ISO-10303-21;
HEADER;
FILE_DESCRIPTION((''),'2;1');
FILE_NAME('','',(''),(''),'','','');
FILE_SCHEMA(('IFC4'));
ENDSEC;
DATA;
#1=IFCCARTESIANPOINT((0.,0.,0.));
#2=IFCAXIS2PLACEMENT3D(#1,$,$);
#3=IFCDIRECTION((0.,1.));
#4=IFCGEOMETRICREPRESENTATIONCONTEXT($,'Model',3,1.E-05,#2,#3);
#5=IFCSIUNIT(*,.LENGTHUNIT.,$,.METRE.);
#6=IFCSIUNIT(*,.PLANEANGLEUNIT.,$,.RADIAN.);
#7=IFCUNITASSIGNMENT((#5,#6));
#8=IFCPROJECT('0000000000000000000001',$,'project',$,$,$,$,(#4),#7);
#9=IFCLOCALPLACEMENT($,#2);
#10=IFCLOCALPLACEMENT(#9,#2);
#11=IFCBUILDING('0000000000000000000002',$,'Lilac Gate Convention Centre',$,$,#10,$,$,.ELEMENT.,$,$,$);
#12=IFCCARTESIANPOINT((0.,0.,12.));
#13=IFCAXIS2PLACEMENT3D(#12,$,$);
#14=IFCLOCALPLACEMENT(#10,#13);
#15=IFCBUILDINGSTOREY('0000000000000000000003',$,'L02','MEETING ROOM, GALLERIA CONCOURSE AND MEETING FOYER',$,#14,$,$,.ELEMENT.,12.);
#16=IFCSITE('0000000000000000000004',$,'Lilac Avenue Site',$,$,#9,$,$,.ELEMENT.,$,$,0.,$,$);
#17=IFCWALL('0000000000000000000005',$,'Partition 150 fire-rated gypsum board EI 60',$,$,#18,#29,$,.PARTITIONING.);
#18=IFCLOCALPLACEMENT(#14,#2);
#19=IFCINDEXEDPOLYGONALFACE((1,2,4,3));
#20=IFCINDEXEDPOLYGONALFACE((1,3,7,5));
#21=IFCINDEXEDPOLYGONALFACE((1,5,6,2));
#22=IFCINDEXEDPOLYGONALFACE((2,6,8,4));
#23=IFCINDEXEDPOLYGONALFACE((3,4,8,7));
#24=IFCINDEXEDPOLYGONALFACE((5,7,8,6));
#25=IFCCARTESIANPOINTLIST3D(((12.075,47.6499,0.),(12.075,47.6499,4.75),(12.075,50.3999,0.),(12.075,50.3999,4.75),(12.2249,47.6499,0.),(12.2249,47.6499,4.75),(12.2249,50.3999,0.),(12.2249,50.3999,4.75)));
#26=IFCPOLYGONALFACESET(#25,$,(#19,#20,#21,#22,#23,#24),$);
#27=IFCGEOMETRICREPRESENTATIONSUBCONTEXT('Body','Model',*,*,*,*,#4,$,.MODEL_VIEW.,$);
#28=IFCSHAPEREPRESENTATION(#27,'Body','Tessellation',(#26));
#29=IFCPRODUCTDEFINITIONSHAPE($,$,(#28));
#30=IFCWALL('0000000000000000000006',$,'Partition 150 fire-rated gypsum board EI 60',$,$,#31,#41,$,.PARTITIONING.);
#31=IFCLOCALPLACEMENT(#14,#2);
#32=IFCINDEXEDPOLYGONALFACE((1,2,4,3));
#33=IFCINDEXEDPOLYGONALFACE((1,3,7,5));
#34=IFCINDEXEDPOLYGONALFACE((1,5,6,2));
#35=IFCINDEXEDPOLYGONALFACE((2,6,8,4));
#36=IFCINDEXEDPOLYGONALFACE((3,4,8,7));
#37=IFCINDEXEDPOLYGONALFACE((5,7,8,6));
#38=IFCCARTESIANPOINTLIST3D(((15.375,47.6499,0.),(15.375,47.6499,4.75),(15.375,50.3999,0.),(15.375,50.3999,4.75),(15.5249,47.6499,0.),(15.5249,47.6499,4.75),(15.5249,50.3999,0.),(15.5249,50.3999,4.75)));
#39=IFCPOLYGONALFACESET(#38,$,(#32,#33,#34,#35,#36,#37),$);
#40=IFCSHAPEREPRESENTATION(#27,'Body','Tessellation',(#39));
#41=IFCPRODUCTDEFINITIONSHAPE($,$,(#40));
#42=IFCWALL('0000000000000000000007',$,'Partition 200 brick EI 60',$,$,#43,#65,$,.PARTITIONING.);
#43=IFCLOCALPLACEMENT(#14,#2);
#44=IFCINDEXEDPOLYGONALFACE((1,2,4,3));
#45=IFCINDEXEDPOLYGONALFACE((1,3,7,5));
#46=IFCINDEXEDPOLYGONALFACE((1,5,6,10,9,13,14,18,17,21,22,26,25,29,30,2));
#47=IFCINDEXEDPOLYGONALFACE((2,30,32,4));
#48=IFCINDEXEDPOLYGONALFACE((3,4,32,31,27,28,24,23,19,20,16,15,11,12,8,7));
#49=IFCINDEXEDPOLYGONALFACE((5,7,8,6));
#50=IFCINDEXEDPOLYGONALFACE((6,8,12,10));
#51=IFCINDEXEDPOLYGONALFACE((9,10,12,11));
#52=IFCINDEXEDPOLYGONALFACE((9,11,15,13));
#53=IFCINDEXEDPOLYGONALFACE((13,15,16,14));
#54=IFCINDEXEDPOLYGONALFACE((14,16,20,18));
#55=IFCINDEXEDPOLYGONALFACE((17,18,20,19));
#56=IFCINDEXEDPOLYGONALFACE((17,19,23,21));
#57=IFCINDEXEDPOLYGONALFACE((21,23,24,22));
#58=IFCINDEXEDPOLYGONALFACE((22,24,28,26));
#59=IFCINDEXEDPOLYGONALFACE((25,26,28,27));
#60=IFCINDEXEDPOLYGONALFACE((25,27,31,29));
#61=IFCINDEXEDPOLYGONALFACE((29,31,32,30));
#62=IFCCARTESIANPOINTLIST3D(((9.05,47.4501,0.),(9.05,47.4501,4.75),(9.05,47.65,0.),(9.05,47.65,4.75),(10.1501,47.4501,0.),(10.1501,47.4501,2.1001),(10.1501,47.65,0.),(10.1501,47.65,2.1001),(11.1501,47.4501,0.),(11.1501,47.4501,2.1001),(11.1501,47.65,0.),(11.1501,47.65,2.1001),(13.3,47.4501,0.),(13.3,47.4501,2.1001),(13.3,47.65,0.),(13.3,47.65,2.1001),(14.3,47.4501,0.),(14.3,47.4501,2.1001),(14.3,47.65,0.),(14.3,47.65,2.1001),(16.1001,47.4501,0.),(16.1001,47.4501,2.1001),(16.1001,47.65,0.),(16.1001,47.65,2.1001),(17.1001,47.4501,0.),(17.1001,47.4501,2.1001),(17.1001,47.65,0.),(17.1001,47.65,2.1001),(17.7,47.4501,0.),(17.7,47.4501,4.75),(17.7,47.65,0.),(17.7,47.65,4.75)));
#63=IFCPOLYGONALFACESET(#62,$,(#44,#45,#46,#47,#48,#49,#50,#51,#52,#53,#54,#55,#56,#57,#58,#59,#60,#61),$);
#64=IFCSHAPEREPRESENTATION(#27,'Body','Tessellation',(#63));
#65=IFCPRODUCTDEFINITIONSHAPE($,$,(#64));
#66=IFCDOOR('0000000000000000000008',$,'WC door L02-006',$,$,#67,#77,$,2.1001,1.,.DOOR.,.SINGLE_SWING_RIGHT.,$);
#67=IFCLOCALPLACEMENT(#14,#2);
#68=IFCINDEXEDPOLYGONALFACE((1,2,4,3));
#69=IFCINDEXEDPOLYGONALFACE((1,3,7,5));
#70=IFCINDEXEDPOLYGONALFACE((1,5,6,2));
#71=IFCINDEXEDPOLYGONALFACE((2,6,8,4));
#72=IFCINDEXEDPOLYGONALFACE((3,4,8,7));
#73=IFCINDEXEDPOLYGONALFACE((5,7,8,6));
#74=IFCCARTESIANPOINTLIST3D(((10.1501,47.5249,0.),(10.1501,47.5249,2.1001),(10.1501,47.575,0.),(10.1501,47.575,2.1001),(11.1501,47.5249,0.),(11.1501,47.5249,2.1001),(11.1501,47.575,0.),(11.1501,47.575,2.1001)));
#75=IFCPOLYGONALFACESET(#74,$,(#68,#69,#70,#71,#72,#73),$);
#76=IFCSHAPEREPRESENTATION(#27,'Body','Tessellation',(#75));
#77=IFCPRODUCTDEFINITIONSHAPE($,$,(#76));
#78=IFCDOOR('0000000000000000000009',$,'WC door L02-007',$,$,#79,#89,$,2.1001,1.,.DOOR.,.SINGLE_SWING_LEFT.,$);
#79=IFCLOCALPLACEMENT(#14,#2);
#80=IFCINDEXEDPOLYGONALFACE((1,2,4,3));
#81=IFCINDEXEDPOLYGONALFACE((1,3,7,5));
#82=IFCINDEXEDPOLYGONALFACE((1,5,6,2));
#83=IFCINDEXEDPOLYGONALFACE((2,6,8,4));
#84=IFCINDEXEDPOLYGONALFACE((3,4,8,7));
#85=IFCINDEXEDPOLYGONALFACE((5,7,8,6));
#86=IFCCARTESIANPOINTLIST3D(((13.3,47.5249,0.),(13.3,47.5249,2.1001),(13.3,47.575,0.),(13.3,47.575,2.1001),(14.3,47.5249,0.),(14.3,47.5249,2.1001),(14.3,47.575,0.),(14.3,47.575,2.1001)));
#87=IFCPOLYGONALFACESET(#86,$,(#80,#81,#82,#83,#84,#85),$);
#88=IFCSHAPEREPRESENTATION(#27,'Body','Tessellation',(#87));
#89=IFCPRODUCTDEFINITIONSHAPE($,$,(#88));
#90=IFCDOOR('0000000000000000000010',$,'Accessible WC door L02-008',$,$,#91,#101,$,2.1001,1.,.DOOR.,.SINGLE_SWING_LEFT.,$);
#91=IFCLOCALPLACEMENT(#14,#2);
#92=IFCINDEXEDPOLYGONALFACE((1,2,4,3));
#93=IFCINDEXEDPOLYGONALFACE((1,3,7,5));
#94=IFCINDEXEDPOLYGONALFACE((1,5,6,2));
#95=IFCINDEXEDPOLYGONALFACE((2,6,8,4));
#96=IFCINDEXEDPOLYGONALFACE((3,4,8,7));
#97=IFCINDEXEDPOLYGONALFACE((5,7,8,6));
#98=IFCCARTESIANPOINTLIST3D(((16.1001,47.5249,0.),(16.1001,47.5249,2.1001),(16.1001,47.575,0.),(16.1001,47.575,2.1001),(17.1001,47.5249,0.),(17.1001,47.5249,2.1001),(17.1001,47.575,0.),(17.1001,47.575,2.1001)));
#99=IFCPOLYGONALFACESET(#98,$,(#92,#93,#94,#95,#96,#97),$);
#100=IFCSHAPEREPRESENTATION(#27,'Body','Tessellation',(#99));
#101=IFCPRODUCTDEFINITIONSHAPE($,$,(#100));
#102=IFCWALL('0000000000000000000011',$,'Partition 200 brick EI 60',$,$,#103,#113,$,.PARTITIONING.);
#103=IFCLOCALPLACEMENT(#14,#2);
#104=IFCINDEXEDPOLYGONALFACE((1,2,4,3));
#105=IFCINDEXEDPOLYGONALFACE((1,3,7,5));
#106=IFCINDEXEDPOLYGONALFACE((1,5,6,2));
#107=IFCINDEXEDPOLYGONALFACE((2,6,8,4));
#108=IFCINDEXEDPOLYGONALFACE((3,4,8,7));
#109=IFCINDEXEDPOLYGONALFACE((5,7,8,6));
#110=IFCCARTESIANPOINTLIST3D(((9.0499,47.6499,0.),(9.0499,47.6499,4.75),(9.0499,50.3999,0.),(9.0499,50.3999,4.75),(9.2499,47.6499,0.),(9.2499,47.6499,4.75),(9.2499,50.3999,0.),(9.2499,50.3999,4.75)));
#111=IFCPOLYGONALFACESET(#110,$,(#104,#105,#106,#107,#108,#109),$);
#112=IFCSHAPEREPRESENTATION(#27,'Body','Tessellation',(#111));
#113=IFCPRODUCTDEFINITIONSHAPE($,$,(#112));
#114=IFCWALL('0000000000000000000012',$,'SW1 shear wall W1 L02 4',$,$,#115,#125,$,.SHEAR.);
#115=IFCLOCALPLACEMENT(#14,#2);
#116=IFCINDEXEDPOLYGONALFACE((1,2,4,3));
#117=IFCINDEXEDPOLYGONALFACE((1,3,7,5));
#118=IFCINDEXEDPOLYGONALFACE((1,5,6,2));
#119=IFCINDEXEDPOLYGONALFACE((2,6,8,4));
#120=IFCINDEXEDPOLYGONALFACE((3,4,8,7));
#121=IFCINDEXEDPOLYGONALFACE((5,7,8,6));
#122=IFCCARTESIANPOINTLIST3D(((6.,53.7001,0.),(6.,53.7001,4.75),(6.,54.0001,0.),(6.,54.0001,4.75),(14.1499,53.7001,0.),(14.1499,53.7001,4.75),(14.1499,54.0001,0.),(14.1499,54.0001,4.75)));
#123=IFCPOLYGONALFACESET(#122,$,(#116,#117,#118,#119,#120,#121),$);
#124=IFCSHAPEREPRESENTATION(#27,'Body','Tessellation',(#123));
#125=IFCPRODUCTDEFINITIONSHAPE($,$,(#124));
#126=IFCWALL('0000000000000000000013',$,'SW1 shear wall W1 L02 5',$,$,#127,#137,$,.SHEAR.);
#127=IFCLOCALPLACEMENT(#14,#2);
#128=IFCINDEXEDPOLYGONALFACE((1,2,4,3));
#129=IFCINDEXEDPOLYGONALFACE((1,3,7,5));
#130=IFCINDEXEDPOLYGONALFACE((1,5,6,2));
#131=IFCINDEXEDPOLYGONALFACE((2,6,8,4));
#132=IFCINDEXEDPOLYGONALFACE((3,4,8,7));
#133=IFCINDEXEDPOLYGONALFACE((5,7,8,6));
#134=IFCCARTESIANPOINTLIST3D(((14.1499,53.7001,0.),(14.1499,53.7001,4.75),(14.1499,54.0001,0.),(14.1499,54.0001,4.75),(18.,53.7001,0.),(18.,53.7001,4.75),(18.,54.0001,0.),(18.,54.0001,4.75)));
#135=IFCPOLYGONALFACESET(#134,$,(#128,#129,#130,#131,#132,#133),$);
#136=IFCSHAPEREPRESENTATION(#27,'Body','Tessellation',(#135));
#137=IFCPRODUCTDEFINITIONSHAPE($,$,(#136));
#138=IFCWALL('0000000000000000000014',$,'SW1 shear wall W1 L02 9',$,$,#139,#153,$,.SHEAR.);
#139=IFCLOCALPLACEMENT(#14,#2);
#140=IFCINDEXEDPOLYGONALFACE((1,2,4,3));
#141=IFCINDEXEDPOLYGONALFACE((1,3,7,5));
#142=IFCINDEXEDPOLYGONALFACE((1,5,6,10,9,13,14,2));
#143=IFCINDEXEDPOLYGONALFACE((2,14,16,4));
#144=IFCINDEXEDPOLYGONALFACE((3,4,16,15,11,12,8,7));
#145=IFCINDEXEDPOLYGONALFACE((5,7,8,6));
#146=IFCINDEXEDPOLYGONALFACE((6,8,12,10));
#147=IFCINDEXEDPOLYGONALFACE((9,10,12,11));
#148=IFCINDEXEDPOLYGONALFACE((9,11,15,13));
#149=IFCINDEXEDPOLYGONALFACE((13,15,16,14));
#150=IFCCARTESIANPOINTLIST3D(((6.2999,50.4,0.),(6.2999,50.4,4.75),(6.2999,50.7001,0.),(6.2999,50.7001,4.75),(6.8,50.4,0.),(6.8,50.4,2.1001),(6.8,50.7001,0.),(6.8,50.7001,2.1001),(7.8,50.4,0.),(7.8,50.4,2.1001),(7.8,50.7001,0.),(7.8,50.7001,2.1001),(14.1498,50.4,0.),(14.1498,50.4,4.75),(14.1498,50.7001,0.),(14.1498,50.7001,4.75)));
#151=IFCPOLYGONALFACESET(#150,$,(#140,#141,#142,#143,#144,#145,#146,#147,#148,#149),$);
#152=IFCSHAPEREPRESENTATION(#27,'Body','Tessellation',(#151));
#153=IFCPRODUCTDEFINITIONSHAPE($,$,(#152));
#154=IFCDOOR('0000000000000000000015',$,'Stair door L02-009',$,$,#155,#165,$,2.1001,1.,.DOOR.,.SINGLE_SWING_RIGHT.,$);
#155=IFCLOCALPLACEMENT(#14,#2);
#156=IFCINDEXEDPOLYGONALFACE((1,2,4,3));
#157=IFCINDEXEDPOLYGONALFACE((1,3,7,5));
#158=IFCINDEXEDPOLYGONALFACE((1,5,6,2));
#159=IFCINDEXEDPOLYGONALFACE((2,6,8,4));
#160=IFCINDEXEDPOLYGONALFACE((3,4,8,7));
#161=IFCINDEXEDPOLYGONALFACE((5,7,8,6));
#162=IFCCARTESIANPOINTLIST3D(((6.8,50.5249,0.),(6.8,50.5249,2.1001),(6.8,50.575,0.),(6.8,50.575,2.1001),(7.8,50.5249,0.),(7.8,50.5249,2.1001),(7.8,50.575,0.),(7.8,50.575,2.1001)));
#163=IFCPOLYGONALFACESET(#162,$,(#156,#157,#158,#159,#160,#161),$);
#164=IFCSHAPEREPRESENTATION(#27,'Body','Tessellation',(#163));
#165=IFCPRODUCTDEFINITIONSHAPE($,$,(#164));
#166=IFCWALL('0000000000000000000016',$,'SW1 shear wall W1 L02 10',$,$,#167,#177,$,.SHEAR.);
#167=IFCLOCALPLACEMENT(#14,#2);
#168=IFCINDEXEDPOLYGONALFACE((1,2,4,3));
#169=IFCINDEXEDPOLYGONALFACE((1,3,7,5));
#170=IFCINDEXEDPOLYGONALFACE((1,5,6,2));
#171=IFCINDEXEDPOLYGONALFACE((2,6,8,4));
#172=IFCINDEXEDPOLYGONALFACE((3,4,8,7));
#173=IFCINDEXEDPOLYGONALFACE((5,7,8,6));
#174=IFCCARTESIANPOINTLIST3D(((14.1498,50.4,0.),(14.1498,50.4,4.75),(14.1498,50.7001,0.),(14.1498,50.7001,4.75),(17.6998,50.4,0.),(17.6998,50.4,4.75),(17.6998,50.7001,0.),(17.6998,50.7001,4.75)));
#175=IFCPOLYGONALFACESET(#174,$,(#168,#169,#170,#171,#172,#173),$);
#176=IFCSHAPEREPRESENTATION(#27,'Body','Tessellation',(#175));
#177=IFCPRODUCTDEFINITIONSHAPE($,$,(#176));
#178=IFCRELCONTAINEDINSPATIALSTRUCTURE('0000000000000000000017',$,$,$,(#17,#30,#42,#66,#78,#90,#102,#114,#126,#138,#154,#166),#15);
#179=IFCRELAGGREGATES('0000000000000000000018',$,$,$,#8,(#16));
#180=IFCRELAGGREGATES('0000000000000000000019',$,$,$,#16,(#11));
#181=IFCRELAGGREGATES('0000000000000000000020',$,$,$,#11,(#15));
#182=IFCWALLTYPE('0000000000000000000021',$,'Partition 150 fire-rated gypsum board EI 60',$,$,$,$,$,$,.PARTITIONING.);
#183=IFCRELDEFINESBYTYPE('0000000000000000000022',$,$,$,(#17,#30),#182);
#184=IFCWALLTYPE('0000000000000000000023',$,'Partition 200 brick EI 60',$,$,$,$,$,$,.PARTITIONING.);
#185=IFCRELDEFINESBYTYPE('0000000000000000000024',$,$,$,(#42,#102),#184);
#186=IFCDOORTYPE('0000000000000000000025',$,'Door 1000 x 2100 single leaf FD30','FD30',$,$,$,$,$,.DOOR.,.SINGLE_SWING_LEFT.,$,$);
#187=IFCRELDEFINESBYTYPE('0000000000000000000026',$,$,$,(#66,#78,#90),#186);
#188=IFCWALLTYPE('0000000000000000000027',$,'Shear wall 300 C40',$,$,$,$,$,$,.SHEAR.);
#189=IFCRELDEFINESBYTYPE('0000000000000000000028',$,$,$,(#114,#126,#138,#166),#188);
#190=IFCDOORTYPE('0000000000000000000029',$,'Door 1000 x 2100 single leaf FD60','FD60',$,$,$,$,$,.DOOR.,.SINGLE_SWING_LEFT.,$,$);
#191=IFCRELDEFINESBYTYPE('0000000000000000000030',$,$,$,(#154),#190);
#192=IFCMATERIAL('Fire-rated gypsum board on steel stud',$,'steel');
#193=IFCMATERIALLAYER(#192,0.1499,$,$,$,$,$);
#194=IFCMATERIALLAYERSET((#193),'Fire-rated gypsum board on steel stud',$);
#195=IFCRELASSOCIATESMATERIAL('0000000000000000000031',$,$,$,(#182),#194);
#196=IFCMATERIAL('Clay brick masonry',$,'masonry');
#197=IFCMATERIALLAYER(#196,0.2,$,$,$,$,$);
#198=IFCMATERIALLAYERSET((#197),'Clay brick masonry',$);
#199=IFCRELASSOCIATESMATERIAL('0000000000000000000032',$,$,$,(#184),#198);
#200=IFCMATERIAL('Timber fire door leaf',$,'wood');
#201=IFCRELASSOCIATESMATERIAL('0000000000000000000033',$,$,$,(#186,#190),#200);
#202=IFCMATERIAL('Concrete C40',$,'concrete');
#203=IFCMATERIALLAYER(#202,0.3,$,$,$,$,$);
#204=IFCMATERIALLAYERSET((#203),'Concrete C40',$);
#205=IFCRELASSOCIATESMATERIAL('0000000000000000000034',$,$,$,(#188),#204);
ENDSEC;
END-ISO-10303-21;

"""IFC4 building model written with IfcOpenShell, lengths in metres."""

from ifc_helpers import new_model, si_unit, direction, frame, frame_2d, origin, place, context, subcontext, project, spatial, rectangle, extrude, material, layer, layer_set, type_object, element, fill, save


model = new_model("IFC4")

# Units and contexts
model_context = context("Model", 3, precision=1e-05, world=origin(), true_north=direction((0.0, 1.0)))
body_context = subcontext(model_context, "Body", "Model", "MODEL_VIEW")
ifc_project = project(units=[si_unit("LENGTHUNIT", "METRE"), si_unit("PLANEANGLEUNIT", "RADIAN")], contexts=[model_context])

# Site, building, storey
site_placement = place(None, origin())
site = spatial("IfcSite", under=ifc_project, at=site_placement, Name="Lilac Avenue Site", CompositionType="ELEMENT", RefElevation=0.0)
building_placement = place(site_placement, origin())
building = spatial("IfcBuilding", under=site, at=building_placement, Name="Lilac Gate Convention Centre", CompositionType="ELEMENT")
storey_placement = place(building_placement, frame((0.0, 0.0, 12.0)))
storey = spatial("IfcBuildingStorey", under=building, at=storey_placement, Name="L02", Description="MEETING ROOM, GALLERIA CONCOURSE AND MEETING FOYER", CompositionType="ELEMENT", Elevation=12.0)

# Walls
ifc_material_1 = material(Name="Fire-rated gypsum board on steel stud", Category="steel")
ifc_layer_1 = layer(ifc_material_1, 0.1499)
ifc_layer_set_1 = layer_set([ifc_layer_1], Name="Fire-rated gypsum board on steel stud")
wall_type_1 = type_object("IfcWallType", Name="Partition 150 fire-rated gypsum board EI 60", PredefinedType="PARTITIONING", material=ifc_layer_set_1)
for number, where, z_axis, x_axis, name in (
    (1, (12.1499, 47.6499, 0.0), (0.0, 0.0, 1.0), (0.0, 1.0, 0.0), "Partition 150 fire-rated gypsum board EI 60"),
    (2, (15.45, 47.6499, 0.0), (0.0, 0.0, 1.0), (0.0, 1.0, 0.0), "Partition 150 fire-rated gypsum board EI 60"),
):
    element("IfcWall", number, at=place(storey_placement, frame(where, z_axis=z_axis, x_axis=x_axis)), inside=storey, type_object=wall_type_1, Name=name, PredefinedType="PARTITIONING", context=body_context, shape_type="SweptSolid", body=[
        extrude(rectangle(XDim=2.75, YDim=0.1499, at=frame_2d((1.375, 0.0))), origin(), (0.0, 0.0, 1.0), 4.75),
    ])

# Wall, openings, doors
ifc_material_2 = material(Name="Clay brick masonry", Category="masonry")
ifc_layer_2 = layer(ifc_material_2, 0.2)
ifc_layer_set_2 = layer_set([ifc_layer_2], Name="Clay brick masonry")
wall_type_2 = type_object("IfcWallType", Name="Partition 200 brick EI 60", PredefinedType="PARTITIONING", material=ifc_layer_set_2)
wall_1_placement = place(storey_placement, frame((9.05, 47.55, 0.0), z_axis=(0.0, 0.0, 1.0), x_axis=(1.0, 0.0, 0.0)))
wall_1 = element("IfcWall", 3, at=wall_1_placement, inside=storey, type_object=wall_type_2, Name="Partition 200 brick EI 60", PredefinedType="PARTITIONING", context=body_context, shape_type="SweptSolid", body=[
    extrude(rectangle(XDim=8.6499, YDim=0.2, at=frame_2d((4.325, 0.0))), origin(), (0.0, 0.0, 1.0), 4.75),
])
opening_1_placement = place(wall_1_placement, frame((1.1001, 0.0, 0.0)))
opening_1 = element("IfcOpeningElement", 4, at=opening_1_placement, cuts=wall_1, PredefinedType="OPENING", context=body_context, shape_type="SweptSolid", body=[
    extrude(rectangle(XDim=1.0, YDim=2.1001, at=frame_2d((0.5, 1.05))), frame((0.0, 0.1099, 0.0), z_axis=(0.0, -1.0, 0.0), x_axis=(1.0, 0.0, 0.0)), (0.0, 0.0, 1.0), 0.22),
])
opening_2_placement = place(wall_1_placement, frame((4.25, 0.0, 0.0)))
opening_2 = element("IfcOpeningElement", 5, at=opening_2_placement, cuts=wall_1, PredefinedType="OPENING", context=body_context, shape_type="SweptSolid", body=[
    extrude(rectangle(XDim=1.0, YDim=2.1001, at=frame_2d((0.5, 1.05))), frame((0.0, 0.1099, 0.0), z_axis=(0.0, -1.0, 0.0), x_axis=(1.0, 0.0, 0.0)), (0.0, 0.0, 1.0), 0.22),
])
opening_3_placement = place(wall_1_placement, frame((7.05, 0.0, 0.0)))
opening_3 = element("IfcOpeningElement", 6, at=opening_3_placement, cuts=wall_1, PredefinedType="OPENING", context=body_context, shape_type="SweptSolid", body=[
    extrude(rectangle(XDim=1.0, YDim=2.1001, at=frame_2d((0.5, 1.05))), frame((0.0, 0.1099, 0.0), z_axis=(0.0, -1.0, 0.0), x_axis=(1.0, 0.0, 0.0)), (0.0, 0.0, 1.0), 0.22),
])
ifc_material_3 = material(Name="Timber fire door leaf", Category="wood")
door_type_1 = type_object("IfcDoorType", Name="Door 1000 x 2100 single leaf FD30", Description="FD30", OperationType="SINGLE_SWING_LEFT", PredefinedType="DOOR", material=ifc_material_3)
door_1_placement = place(opening_1_placement, origin())
door_1 = element("IfcDoor", 7, at=door_1_placement, inside=storey, type_object=door_type_1, Name="WC door L02-006", OperationType="SINGLE_SWING_RIGHT", OverallHeight=2.1001, OverallWidth=1.0, PredefinedType="DOOR", context=body_context, shape_type="SweptSolid", body=[
    extrude(rectangle(XDim=1.0, YDim=2.1001, at=frame_2d((0.5, 1.05))), frame((0.0, 0.0249, 0.0), z_axis=(0.0, -1.0, 0.0), x_axis=(1.0, 0.0, 0.0)), (0.0, 0.0, 1.0), 0.05),
])
fill(opening_1, door_1)
door_2_placement = place(opening_2_placement, origin())
door_2 = element("IfcDoor", 8, at=door_2_placement, inside=storey, type_object=door_type_1, Name="WC door L02-007", OperationType="SINGLE_SWING_LEFT", OverallHeight=2.1001, OverallWidth=1.0, PredefinedType="DOOR", context=body_context, shape_type="SweptSolid", body=[
    extrude(rectangle(XDim=1.0, YDim=2.1001, at=frame_2d((0.5, 1.05))), frame((0.0, 0.0249, 0.0), z_axis=(0.0, -1.0, 0.0), x_axis=(1.0, 0.0, 0.0)), (0.0, 0.0, 1.0), 0.05),
])
fill(opening_2, door_2)
door_3_placement = place(opening_3_placement, origin())
door_3 = element("IfcDoor", 9, at=door_3_placement, inside=storey, type_object=door_type_1, Name="Accessible WC door L02-008", OperationType="SINGLE_SWING_LEFT", OverallHeight=2.1001, OverallWidth=1.0, PredefinedType="DOOR", context=body_context, shape_type="SweptSolid", body=[
    extrude(rectangle(XDim=1.0, YDim=2.1001, at=frame_2d((0.5, 1.05))), frame((0.0, 0.0249, 0.0), z_axis=(0.0, -1.0, 0.0), x_axis=(1.0, 0.0, 0.0)), (0.0, 0.0, 1.0), 0.05),
])
fill(opening_3, door_3)

# Walls
wall_2_placement = place(storey_placement, frame((9.1499, 47.6499, 0.0), z_axis=(0.0, 0.0, 1.0), x_axis=(0.0, 1.0, 0.0)))
element("IfcWall", 10, at=wall_2_placement, inside=storey, type_object=wall_type_2, Name="Partition 200 brick EI 60", PredefinedType="PARTITIONING", context=body_context, shape_type="SweptSolid", body=[
    extrude(rectangle(XDim=2.75, YDim=0.2, at=frame_2d((1.375, 0.0))), origin(), (0.0, 0.0, 1.0), 4.75),
])
ifc_material_4 = material(Name="Concrete C40", Category="concrete")
ifc_layer_3 = layer(ifc_material_4, 0.3)
ifc_layer_set_3 = layer_set([ifc_layer_3], Name="Concrete C40")
wall_type_3 = type_object("IfcWallType", Name="Shear wall 300 C40", PredefinedType="SHEAR", material=ifc_layer_set_3)
wall_3_placement = place(storey_placement, frame((6.0, 53.8501, 0.0), z_axis=(0.0, 0.0, 1.0), x_axis=(1.0, 0.0, 0.0)))
element("IfcWall", 11, at=wall_3_placement, inside=storey, type_object=wall_type_3, Name="SW1 shear wall W1 L02 4", PredefinedType="SHEAR", context=body_context, shape_type="SweptSolid", body=[
    extrude(rectangle(XDim=8.1499, YDim=0.3, at=frame_2d((4.075, 0.0))), origin(), (0.0, 0.0, 1.0), 4.75),
])
wall_4_placement = place(storey_placement, frame((14.1499, 53.8501, 0.0), z_axis=(0.0, 0.0, 1.0), x_axis=(1.0, 0.0, 0.0)))
element("IfcWall", 12, at=wall_4_placement, inside=storey, type_object=wall_type_3, Name="SW1 shear wall W1 L02 5", PredefinedType="SHEAR", context=body_context, shape_type="SweptSolid", body=[
    extrude(rectangle(XDim=3.8501, YDim=0.3, at=frame_2d((1.925, 0.0))), origin(), (0.0, 0.0, 1.0), 4.75),
])

# Wall, opening, door
wall_5_placement = place(storey_placement, frame((6.3, 50.55, 0.0), z_axis=(0.0, 0.0, 1.0), x_axis=(1.0, 0.0, 0.0)))
wall_5 = element("IfcWall", 13, at=wall_5_placement, inside=storey, type_object=wall_type_3, Name="SW1 shear wall W1 L02 9", PredefinedType="SHEAR", context=body_context, shape_type="SweptSolid", body=[
    extrude(rectangle(XDim=7.8499, YDim=0.3, at=frame_2d((3.9248, 0.0))), origin(), (0.0, 0.0, 1.0), 4.75),
])
opening_4_placement = place(wall_5_placement, frame((0.5, 0.0, 0.0)))
opening_4 = element("IfcOpeningElement", 14, at=opening_4_placement, cuts=wall_5, PredefinedType="OPENING", context=body_context, shape_type="SweptSolid", body=[
    extrude(rectangle(XDim=1.0, YDim=2.1001, at=frame_2d((0.5, 1.05))), frame((0.0, 0.1599, 0.0), z_axis=(0.0, -1.0, 0.0), x_axis=(1.0, 0.0, 0.0)), (0.0, 0.0, 1.0), 0.3201),
])
door_type_2 = type_object("IfcDoorType", Name="Door 1000 x 2100 single leaf FD60", Description="FD60", OperationType="SINGLE_SWING_LEFT", PredefinedType="DOOR", material=ifc_material_3)
door_4_placement = place(opening_4_placement, origin())
door_4 = element("IfcDoor", 15, at=door_4_placement, inside=storey, type_object=door_type_2, Name="Stair door L02-009", OperationType="SINGLE_SWING_RIGHT", OverallHeight=2.1001, OverallWidth=1.0, PredefinedType="DOOR", context=body_context, shape_type="SweptSolid", body=[
    extrude(rectangle(XDim=1.0, YDim=2.1001, at=frame_2d((0.5, 1.05))), frame((0.0, 0.0249, 0.0), z_axis=(0.0, -1.0, 0.0), x_axis=(1.0, 0.0, 0.0)), (0.0, 0.0, 1.0), 0.05),
])
fill(opening_4, door_4)

# Wall
wall_6_placement = place(storey_placement, frame((14.1499, 50.55, 0.0), z_axis=(0.0, 0.0, 1.0), x_axis=(1.0, 0.0, 0.0)))
element("IfcWall", 16, at=wall_6_placement, inside=storey, type_object=wall_type_3, Name="SW1 shear wall W1 L02 10", PredefinedType="SHEAR", context=body_context, shape_type="SweptSolid", body=[
    extrude(rectangle(XDim=3.55, YDim=0.3, at=frame_2d((1.7749, 0.0))), origin(), (0.0, 0.0, 1.0), 4.75),
])

save(model, "model.ifc")
